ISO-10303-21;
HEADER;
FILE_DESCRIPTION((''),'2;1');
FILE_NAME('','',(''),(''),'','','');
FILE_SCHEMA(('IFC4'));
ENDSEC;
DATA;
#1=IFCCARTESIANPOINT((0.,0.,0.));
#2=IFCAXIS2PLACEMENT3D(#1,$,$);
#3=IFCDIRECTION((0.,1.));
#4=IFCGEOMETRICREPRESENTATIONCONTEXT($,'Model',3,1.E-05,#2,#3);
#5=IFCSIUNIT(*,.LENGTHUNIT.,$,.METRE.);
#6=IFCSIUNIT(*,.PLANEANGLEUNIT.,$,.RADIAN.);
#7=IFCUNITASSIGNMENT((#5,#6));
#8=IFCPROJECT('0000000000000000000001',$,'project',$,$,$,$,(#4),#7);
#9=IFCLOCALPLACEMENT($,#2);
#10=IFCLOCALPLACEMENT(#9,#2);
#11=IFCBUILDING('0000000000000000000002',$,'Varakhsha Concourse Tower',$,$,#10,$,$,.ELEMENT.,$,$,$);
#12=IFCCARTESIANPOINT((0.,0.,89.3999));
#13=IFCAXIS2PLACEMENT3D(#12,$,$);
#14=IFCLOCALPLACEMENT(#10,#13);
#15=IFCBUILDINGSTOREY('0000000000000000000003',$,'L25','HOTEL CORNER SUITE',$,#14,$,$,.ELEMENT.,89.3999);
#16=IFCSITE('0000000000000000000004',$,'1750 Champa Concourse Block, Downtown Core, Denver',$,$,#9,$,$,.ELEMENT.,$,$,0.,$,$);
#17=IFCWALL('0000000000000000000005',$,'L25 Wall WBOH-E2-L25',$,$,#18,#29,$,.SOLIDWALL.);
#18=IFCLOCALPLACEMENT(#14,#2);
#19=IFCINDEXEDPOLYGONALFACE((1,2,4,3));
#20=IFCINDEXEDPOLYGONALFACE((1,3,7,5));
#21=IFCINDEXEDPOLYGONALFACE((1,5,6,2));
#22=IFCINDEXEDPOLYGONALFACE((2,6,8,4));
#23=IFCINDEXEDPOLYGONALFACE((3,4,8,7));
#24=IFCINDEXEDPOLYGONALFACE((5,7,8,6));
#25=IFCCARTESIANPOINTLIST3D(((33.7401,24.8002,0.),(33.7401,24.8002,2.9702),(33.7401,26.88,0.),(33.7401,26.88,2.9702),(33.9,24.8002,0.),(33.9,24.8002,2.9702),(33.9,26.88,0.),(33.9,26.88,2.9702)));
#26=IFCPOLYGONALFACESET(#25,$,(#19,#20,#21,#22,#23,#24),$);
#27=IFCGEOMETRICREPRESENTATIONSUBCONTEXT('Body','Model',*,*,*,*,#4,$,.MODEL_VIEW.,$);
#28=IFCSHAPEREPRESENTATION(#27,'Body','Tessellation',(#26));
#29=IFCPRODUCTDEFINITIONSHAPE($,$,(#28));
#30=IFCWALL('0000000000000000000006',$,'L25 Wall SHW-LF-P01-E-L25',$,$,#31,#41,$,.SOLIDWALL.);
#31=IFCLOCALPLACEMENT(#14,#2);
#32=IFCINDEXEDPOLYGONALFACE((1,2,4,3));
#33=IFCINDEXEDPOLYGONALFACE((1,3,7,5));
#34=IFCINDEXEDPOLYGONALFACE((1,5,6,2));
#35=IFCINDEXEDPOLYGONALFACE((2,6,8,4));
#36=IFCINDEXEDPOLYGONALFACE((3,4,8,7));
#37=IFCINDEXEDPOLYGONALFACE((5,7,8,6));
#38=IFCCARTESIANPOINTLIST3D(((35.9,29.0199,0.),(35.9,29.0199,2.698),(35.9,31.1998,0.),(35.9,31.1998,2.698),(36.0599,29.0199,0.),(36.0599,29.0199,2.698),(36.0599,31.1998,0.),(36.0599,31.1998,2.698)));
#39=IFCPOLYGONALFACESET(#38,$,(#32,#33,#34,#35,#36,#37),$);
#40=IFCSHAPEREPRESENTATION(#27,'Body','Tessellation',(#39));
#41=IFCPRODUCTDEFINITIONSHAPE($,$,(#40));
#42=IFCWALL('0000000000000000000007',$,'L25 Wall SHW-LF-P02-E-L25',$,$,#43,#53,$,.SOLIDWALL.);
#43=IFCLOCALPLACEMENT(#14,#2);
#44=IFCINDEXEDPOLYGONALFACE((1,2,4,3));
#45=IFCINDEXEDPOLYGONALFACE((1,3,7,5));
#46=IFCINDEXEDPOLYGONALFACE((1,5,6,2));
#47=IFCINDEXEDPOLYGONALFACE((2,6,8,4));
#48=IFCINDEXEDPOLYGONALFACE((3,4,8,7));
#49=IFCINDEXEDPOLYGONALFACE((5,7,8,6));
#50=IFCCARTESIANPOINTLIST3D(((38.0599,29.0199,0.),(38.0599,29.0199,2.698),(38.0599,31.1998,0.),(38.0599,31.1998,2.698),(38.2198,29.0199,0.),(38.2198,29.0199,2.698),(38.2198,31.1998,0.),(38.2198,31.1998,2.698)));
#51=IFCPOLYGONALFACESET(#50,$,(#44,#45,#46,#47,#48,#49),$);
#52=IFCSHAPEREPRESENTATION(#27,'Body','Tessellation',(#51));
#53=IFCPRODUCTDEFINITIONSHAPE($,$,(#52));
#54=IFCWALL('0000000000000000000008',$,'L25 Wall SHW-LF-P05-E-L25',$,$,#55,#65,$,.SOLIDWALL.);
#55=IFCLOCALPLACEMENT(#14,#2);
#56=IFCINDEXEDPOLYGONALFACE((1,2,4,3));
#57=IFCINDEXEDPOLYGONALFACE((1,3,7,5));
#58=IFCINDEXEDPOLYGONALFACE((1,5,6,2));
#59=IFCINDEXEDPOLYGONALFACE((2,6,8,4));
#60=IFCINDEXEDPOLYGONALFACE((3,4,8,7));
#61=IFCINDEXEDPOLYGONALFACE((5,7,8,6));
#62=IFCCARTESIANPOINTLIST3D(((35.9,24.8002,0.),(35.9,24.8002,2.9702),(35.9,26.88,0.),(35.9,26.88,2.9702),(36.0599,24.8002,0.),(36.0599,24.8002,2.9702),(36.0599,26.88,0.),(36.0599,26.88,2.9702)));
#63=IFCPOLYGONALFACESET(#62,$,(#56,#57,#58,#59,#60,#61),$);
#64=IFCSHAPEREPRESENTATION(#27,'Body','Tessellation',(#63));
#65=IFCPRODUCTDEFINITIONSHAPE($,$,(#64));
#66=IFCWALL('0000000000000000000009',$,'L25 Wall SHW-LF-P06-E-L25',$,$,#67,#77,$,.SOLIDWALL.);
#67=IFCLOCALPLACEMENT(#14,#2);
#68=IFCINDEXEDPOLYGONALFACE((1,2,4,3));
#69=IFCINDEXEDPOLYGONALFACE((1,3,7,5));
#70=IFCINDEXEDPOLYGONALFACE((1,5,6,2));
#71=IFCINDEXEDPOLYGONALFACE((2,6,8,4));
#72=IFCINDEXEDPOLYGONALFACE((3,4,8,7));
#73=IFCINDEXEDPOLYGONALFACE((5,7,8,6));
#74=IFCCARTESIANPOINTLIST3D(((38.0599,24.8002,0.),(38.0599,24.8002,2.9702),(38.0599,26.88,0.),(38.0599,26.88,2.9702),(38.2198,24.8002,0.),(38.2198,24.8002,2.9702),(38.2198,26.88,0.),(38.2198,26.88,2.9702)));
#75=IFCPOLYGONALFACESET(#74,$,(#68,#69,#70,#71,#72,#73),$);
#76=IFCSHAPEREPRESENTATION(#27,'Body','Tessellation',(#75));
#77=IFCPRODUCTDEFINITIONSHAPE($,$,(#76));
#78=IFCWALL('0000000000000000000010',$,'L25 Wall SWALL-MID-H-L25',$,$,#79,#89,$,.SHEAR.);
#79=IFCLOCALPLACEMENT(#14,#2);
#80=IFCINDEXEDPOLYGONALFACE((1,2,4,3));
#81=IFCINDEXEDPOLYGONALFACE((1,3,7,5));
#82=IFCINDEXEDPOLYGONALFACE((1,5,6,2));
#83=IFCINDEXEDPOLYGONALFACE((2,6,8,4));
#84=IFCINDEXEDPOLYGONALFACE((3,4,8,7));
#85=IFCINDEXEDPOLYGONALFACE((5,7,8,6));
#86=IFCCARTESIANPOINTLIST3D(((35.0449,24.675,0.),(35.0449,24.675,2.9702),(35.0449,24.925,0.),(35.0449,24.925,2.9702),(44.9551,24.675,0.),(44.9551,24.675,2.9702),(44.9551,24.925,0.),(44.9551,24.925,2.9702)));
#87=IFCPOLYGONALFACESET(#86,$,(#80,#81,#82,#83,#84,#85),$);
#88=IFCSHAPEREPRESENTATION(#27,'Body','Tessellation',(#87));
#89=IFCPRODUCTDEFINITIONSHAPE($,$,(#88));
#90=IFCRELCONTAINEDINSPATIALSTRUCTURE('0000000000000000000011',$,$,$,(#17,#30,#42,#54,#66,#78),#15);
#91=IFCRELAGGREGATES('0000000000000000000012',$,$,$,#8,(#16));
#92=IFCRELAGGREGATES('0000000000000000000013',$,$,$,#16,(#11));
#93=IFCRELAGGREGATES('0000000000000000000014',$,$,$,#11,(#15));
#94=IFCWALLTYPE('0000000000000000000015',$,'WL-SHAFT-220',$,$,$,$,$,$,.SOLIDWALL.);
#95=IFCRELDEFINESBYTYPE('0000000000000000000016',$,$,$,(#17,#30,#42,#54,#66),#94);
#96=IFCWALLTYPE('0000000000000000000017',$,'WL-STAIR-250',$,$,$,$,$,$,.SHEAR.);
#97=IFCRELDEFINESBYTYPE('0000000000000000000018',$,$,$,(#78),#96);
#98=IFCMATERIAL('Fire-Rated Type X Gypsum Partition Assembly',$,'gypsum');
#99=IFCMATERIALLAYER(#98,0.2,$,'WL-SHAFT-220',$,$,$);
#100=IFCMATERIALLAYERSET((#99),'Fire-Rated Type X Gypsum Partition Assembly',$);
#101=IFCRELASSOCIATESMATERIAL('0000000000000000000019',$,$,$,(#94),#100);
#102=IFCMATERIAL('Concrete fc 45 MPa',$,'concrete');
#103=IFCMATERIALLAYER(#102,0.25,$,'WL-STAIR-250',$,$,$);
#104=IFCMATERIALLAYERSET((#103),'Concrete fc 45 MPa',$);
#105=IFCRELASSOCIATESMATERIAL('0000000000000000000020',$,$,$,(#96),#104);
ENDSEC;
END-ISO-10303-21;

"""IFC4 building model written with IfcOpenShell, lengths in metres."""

from ifc_helpers import new_model, si_unit, direction, frame, frame_2d, origin, place, context, subcontext, project, spatial, rectangle, extrude, material, layer, layer_set, type_object, element, save


model = new_model("IFC4")

# Units and contexts
model_context = context("Model", 3, precision=1e-05, world=origin(), true_north=direction((0.0, 1.0)))
body_context = subcontext(model_context, "Body", "Model", "MODEL_VIEW")
ifc_project = project(units=[si_unit("LENGTHUNIT", "METRE"), si_unit("PLANEANGLEUNIT", "RADIAN")], contexts=[model_context])

# Site, building, storey
site_placement = place(None, origin())
site = spatial("IfcSite", under=ifc_project, at=site_placement, Name="1750 Champa Concourse Block, Downtown Core, Denver", CompositionType="ELEMENT", RefElevation=0.0)
building_placement = place(site_placement, origin())
building = spatial("IfcBuilding", under=site, at=building_placement, Name="Varakhsha Concourse Tower", CompositionType="ELEMENT")
storey_placement = place(building_placement, frame((0.0, 0.0, 89.3999)))
storey = spatial("IfcBuildingStorey", under=building, at=storey_placement, Name="L25", Description="HOTEL CORNER SUITE", CompositionType="ELEMENT", Elevation=89.3999)

# Shared definitions
ifc_material_1 = material(Name="Fire-Rated Type X Gypsum Partition Assembly", Category="gypsum")

# Shared definitions
ifc_layer_1 = layer(ifc_material_1, 0.2, Name="WL-SHAFT-220")
ifc_layer_set_1 = layer_set([ifc_layer_1], Name="Fire-Rated Type X Gypsum Partition Assembly")
wall_type_1 = type_object("IfcWallType", Name="WL-SHAFT-220", PredefinedType="SOLIDWALL", material=ifc_layer_set_1)

# Walls
wall_1_placement = place(storey_placement, frame((33.8201, 24.8, 0.0), z_axis=(0.0, 0.0, 1.0), x_axis=(0.0, 1.0, 0.0)))
element("IfcWall", 1, at=wall_1_placement, inside=storey, type_object=wall_type_1, Name="L25 Wall WBOH-E2-L25", PredefinedType="SOLIDWALL", context=body_context, shape_type="SweptSolid", body=[
    extrude(rectangle(XDim=2.0798, YDim=0.1599, at=frame_2d((1.04, 0.0))), origin(), (0.0, 0.0, 1.0), 2.9702),
])
for number, where, z_axis, x_axis, name in (
    (2, (35.98, 29.02, 0.0), (0.0, 0.0, 1.0), (0.0, 1.0, 0.0), "L25 Wall SHW-LF-P01-E-L25"),
    (3, (38.1399, 29.02, 0.0), (0.0, 0.0, 1.0), (0.0, 1.0, 0.0), "L25 Wall SHW-LF-P02-E-L25"),
):
    element("IfcWall", number, at=place(storey_placement, frame(where, z_axis=z_axis, x_axis=x_axis)), inside=storey, type_object=wall_type_1, Name=name, PredefinedType="SOLIDWALL", context=body_context, shape_type="SweptSolid", body=[
        extrude(rectangle(XDim=2.1799, YDim=0.1599, at=frame_2d((1.0898, 0.0))), origin(), (0.0, 0.0, 1.0), 2.698),
    ])
for number, where, z_axis, x_axis, name in (
    (4, (35.98, 24.8, 0.0), (0.0, 0.0, 1.0), (0.0, 1.0, 0.0), "L25 Wall SHW-LF-P05-E-L25"),
    (5, (38.1399, 24.8, 0.0), (0.0, 0.0, 1.0), (0.0, 1.0, 0.0), "L25 Wall SHW-LF-P06-E-L25"),
):
    element("IfcWall", number, at=place(storey_placement, frame(where, z_axis=z_axis, x_axis=x_axis)), inside=storey, type_object=wall_type_1, Name=name, PredefinedType="SOLIDWALL", context=body_context, shape_type="SweptSolid", body=[
        extrude(rectangle(XDim=2.0798, YDim=0.1599, at=frame_2d((1.04, 0.0))), origin(), (0.0, 0.0, 1.0), 2.9702),
    ])
ifc_material_2 = material(Name="Concrete fc 45 MPa", Category="concrete")
ifc_layer_2 = layer(ifc_material_2, 0.25, Name="WL-STAIR-250")
ifc_layer_set_2 = layer_set([ifc_layer_2], Name="Concrete fc 45 MPa")
wall_type_2 = type_object("IfcWallType", Name="WL-STAIR-250", PredefinedType="SHEAR", material=ifc_layer_set_2)
wall_2_placement = place(storey_placement, frame((35.0449, 24.8, 0.0), z_axis=(0.0, 0.0, 1.0), x_axis=(1.0, 0.0, 0.0)))
element("IfcWall", 6, at=wall_2_placement, inside=storey, type_object=wall_type_2, Name="L25 Wall SWALL-MID-H-L25", PredefinedType="SHEAR", context=body_context, shape_type="SweptSolid", body=[
    extrude(rectangle(XDim=9.9102, YDim=0.25, at=frame_2d((4.9551, 0.0))), origin(), (0.0, 0.0, 1.0), 2.9702),
])

save(model, "model.ifc")
